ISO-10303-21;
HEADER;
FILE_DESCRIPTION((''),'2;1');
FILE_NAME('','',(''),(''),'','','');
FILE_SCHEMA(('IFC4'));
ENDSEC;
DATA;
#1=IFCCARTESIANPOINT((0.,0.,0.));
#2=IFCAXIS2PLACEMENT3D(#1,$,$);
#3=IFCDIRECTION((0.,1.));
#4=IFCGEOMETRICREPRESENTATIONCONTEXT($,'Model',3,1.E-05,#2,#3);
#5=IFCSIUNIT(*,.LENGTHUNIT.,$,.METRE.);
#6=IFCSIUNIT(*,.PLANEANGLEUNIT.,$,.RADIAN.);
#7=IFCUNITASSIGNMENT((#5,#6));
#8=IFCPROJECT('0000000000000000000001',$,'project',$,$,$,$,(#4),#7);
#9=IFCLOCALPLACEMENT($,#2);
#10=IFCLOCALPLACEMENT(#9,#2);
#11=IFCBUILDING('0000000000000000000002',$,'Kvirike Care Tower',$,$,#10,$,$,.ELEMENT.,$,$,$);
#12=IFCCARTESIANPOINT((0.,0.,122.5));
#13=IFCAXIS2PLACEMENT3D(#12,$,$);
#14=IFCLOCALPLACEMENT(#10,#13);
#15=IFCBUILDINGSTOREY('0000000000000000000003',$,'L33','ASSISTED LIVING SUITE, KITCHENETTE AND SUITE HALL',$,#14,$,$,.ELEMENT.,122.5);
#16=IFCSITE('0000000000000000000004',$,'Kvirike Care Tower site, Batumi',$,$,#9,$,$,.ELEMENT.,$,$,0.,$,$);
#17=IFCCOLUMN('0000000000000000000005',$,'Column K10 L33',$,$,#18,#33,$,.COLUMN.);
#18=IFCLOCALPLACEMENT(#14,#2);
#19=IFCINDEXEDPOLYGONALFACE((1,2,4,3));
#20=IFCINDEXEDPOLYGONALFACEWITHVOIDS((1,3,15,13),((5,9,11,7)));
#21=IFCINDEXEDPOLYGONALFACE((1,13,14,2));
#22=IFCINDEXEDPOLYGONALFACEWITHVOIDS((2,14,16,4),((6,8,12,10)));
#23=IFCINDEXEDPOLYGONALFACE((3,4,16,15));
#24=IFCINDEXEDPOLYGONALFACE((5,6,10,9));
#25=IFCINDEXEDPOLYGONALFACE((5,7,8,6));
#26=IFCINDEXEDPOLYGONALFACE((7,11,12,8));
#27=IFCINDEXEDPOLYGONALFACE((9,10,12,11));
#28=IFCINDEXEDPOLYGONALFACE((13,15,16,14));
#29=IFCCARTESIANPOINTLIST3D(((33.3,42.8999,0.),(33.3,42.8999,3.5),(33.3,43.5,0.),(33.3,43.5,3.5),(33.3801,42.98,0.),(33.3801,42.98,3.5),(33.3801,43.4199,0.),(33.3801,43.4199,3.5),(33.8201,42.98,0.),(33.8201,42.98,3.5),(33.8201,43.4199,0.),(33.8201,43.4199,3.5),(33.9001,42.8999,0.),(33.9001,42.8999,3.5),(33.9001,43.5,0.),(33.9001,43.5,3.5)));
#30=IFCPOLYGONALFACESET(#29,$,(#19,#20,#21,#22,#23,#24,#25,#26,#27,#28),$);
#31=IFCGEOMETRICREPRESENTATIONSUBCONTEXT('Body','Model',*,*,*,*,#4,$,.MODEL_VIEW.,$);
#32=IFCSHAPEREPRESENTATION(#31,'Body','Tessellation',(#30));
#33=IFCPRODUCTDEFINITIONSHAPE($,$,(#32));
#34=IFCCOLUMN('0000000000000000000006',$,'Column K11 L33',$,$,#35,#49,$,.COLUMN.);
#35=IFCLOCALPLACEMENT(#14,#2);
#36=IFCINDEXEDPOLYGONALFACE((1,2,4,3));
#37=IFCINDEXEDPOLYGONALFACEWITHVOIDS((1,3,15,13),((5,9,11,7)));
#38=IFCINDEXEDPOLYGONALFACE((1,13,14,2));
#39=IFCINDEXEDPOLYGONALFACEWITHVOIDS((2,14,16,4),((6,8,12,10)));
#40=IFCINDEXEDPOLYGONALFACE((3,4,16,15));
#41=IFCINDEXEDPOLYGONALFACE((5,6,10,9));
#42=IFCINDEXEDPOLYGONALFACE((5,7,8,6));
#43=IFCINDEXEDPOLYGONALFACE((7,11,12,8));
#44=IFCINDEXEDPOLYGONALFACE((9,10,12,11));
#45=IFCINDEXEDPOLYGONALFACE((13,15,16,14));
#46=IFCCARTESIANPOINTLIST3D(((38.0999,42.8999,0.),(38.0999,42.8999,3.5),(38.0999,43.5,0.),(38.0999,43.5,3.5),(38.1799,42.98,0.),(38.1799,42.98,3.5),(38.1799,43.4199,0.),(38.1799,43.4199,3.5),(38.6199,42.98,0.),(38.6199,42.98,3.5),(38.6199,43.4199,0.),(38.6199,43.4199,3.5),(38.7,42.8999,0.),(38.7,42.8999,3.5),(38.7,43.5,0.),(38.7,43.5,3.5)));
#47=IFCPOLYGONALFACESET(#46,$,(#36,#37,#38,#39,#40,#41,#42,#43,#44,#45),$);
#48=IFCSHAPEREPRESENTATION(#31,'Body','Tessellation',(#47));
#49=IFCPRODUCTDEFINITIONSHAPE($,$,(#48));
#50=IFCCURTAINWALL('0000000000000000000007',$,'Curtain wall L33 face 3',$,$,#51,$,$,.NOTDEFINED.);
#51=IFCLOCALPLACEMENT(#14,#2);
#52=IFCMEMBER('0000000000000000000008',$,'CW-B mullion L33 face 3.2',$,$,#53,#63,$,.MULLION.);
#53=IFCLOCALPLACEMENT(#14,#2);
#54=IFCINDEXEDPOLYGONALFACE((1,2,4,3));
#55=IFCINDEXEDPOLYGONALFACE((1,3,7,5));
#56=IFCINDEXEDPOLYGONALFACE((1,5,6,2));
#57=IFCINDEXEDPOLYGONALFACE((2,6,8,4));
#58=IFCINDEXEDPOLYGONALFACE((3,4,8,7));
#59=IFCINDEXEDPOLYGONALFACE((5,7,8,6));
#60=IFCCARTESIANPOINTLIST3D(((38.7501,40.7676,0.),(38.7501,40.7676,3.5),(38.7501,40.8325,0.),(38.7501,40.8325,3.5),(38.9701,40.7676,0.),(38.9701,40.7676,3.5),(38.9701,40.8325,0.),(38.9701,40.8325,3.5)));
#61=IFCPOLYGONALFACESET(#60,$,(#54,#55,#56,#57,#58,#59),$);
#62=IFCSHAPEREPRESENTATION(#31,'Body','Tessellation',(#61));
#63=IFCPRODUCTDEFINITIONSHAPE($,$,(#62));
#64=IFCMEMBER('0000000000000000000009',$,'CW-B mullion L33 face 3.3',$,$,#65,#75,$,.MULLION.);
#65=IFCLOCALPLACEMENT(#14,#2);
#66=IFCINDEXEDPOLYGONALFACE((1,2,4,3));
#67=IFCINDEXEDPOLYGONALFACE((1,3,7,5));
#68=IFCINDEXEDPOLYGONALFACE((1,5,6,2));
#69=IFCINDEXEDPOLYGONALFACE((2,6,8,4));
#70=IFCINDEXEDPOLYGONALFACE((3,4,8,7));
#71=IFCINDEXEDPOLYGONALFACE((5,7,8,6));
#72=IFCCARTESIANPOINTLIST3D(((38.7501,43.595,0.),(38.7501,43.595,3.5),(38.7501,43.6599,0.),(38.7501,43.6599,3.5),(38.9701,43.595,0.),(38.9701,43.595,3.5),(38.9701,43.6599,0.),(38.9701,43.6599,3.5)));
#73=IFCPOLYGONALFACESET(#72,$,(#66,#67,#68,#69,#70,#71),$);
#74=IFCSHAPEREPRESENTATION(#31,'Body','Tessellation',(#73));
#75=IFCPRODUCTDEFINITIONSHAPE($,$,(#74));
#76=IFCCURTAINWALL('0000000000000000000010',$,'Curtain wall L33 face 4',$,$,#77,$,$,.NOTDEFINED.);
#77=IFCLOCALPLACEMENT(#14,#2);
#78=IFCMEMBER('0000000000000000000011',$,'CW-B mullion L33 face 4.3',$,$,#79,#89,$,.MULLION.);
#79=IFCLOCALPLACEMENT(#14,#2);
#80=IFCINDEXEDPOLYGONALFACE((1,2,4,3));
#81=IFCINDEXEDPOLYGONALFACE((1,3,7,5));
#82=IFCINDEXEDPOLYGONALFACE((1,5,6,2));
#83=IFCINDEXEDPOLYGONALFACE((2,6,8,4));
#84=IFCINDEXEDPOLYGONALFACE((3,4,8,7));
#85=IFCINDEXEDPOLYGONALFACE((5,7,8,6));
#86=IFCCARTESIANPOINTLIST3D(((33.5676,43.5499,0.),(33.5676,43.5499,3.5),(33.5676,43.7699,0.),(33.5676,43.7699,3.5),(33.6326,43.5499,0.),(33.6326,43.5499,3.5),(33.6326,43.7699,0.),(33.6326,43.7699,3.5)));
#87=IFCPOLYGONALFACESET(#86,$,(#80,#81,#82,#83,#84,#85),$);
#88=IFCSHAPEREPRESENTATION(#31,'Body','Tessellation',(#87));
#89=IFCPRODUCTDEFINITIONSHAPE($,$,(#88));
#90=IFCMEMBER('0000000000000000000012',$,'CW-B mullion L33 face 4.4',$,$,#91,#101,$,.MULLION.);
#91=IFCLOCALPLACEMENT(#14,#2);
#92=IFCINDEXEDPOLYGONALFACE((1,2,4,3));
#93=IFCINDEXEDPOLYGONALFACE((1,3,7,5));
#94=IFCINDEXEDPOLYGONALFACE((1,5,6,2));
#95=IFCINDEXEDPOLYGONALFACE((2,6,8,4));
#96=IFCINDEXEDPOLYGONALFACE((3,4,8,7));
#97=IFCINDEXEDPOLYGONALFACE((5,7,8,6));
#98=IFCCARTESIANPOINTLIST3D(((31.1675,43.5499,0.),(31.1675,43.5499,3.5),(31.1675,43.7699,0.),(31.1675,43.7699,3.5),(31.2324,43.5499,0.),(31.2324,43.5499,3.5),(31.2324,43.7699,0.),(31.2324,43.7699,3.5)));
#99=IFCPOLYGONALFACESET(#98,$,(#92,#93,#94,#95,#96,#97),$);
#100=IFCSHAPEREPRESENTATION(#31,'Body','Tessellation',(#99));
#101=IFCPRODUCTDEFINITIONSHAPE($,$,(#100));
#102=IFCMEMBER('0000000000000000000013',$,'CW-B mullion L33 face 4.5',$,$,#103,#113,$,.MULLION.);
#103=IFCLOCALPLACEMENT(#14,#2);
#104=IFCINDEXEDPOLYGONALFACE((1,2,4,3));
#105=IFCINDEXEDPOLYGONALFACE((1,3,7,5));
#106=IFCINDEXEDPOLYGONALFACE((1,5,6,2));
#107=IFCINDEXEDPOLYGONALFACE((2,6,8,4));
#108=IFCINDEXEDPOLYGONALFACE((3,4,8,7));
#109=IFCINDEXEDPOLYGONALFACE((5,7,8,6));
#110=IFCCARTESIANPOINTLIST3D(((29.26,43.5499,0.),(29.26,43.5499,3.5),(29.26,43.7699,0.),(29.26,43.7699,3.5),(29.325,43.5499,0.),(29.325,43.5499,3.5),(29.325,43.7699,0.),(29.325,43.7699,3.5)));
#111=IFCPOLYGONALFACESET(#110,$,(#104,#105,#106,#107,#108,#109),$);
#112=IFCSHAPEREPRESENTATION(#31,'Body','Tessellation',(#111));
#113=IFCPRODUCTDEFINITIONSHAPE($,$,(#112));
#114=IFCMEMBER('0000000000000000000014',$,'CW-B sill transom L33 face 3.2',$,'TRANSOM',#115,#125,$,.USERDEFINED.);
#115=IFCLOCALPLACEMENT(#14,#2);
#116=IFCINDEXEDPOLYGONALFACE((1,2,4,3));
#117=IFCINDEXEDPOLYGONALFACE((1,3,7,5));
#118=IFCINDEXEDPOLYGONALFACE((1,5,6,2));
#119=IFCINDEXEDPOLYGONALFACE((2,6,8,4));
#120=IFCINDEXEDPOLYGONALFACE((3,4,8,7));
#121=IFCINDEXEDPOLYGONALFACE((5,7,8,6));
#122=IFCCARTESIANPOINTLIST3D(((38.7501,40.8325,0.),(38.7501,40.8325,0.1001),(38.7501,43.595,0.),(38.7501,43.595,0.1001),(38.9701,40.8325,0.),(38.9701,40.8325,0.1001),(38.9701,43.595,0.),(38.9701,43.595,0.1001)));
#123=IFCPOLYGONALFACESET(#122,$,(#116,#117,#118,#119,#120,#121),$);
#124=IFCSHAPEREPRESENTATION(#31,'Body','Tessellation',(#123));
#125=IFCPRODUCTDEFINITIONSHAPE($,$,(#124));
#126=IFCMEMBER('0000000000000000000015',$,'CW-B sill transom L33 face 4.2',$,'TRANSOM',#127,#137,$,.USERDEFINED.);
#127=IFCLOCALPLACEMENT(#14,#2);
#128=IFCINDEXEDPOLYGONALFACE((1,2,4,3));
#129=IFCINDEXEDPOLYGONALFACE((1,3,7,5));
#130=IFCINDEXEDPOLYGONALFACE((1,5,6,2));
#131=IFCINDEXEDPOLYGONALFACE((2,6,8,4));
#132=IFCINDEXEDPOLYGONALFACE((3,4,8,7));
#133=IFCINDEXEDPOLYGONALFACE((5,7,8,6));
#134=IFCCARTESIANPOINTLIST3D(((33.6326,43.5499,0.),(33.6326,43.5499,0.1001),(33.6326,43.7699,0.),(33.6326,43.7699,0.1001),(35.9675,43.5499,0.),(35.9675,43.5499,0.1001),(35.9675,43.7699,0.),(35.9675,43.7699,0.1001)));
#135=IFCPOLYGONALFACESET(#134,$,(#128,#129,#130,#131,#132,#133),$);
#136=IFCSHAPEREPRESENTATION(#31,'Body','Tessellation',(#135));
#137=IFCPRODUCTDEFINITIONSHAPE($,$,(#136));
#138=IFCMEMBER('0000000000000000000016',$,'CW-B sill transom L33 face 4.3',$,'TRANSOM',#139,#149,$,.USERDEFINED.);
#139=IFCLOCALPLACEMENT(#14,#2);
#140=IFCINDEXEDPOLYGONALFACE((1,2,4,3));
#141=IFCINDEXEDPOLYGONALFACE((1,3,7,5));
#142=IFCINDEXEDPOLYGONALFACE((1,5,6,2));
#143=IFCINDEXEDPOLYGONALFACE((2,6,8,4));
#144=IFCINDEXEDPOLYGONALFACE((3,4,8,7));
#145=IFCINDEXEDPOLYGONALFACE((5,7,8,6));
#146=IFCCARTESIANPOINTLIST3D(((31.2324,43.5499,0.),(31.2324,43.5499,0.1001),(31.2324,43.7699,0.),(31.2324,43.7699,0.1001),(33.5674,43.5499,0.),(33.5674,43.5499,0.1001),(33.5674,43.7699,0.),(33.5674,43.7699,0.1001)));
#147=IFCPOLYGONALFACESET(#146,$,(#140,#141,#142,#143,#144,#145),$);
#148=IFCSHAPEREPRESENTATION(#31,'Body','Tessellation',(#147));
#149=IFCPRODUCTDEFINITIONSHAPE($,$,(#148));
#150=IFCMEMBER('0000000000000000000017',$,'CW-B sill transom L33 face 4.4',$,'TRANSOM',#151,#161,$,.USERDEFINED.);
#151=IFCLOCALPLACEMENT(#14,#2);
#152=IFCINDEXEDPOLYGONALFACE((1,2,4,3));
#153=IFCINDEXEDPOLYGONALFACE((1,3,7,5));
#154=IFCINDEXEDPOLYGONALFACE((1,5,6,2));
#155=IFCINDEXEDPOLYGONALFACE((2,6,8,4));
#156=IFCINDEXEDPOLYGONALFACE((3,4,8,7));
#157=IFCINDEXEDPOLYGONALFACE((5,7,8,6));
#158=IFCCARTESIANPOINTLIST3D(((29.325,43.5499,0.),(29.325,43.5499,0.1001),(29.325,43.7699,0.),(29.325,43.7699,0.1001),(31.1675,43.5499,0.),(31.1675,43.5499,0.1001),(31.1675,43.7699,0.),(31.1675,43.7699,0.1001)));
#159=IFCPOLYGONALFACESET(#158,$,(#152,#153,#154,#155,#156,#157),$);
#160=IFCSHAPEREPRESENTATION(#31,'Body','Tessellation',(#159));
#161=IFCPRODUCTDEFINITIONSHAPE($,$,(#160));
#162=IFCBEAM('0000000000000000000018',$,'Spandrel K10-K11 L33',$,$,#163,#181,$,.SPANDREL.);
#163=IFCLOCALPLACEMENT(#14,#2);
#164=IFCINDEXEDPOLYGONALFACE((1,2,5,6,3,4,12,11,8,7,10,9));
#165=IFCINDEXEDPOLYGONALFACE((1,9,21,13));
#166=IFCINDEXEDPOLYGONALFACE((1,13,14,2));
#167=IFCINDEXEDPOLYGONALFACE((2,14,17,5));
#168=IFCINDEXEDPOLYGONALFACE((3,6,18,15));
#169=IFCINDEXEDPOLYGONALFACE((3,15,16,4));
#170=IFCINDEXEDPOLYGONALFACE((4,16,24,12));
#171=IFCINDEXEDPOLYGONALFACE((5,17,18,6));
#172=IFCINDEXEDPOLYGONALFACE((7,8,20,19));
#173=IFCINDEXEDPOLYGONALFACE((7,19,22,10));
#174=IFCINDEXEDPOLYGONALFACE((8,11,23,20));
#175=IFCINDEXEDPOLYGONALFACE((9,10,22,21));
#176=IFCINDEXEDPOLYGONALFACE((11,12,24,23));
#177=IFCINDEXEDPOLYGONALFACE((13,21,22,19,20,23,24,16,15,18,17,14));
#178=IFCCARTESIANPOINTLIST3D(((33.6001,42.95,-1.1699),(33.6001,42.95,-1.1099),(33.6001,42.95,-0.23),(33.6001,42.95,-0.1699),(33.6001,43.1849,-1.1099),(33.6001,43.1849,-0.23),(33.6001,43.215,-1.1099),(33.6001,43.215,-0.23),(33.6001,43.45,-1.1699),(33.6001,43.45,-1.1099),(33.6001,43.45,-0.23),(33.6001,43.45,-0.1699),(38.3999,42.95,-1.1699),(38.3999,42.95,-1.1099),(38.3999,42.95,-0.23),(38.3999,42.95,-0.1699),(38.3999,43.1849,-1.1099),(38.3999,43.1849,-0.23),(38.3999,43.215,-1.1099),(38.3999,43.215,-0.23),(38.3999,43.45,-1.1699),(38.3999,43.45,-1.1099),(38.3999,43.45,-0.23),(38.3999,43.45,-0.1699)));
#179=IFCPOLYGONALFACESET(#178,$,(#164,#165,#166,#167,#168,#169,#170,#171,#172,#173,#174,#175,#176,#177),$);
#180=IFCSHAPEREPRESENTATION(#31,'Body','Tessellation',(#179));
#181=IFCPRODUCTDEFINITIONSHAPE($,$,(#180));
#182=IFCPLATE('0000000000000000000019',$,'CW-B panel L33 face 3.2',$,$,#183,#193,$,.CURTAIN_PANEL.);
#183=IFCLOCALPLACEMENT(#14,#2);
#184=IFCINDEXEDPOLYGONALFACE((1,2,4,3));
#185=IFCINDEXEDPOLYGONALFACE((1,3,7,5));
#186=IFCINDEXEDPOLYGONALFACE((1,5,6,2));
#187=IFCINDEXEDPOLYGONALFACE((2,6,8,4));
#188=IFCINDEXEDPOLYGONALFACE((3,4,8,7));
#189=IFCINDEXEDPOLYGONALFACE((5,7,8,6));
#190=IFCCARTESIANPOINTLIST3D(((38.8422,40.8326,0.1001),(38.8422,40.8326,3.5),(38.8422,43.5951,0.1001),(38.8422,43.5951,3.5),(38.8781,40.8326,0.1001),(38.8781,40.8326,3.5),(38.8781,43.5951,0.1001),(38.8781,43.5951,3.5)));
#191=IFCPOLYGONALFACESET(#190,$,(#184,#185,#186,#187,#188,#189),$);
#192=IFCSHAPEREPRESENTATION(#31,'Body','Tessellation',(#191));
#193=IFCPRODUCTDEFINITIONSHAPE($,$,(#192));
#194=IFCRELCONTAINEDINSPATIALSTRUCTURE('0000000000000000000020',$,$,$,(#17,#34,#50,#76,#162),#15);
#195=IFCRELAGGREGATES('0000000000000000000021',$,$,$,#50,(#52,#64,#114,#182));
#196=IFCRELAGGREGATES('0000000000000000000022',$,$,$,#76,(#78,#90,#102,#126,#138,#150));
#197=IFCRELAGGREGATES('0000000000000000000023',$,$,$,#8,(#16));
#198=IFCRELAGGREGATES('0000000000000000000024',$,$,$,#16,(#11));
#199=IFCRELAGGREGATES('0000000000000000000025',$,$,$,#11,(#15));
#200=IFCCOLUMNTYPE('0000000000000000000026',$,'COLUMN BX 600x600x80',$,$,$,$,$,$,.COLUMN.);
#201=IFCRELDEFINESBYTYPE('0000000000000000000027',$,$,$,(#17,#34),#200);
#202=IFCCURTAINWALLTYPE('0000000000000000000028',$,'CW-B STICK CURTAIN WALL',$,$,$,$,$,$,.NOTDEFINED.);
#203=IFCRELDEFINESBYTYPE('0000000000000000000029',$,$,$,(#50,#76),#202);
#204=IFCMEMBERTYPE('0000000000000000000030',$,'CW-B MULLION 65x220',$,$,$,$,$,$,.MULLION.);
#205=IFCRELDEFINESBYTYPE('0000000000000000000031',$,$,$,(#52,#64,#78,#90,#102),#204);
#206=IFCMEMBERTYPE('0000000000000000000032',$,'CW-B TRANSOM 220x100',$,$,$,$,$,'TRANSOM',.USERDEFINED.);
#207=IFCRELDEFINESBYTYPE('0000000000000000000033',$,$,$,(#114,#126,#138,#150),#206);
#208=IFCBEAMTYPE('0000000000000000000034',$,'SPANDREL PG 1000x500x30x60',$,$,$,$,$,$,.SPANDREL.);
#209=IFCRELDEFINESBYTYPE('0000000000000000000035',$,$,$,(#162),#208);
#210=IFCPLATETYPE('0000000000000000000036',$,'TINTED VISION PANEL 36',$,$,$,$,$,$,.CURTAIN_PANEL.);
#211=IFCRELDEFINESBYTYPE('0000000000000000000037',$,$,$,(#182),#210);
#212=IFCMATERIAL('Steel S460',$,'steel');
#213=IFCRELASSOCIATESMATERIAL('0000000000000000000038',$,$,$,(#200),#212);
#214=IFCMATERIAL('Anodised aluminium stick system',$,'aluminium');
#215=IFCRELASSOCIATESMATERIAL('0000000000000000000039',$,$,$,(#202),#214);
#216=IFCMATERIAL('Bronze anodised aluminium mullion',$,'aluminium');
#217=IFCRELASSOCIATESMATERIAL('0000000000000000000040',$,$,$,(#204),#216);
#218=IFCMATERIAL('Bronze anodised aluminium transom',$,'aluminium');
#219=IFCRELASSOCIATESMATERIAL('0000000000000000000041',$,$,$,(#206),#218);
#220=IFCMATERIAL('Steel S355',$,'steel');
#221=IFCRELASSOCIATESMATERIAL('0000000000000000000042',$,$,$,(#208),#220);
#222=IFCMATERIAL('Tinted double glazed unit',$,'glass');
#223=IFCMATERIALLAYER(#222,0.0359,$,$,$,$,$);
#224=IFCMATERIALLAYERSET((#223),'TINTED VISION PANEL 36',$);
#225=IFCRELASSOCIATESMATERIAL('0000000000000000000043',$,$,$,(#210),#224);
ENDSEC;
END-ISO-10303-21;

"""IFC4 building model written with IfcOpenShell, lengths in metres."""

from ifc_helpers import new_model, si_unit, direction, frame, origin, origin_2d, place, context, subcontext, project, spatial, rectangle, hollow_rectangle, i_section, extrude, material, layer, layer_set, material_profile, profile_set, type_object, element, aggregate, save


model = new_model("IFC4")

# Units and contexts
model_context = context("Model", 3, precision=1e-05, world=origin(), true_north=direction((0.0, 1.0)))
body_context = subcontext(model_context, "Body", "Model", "MODEL_VIEW")
ifc_project = project(units=[si_unit("LENGTHUNIT", "METRE"), si_unit("PLANEANGLEUNIT", "RADIAN")], contexts=[model_context])

# Site, building, storey
site_placement = place(None, origin())
site = spatial("IfcSite", under=ifc_project, at=site_placement, Name="Kvirike Care Tower site, Batumi", CompositionType="ELEMENT", RefElevation=0.0)
building_placement = place(site_placement, origin())
building = spatial("IfcBuilding", under=site, at=building_placement, Name="Kvirike Care Tower", CompositionType="ELEMENT")
storey_placement = place(building_placement, frame((0.0, 0.0, 122.5)))
storey = spatial("IfcBuildingStorey", under=building, at=storey_placement, Name="L33", Description="ASSISTED LIVING SUITE, KITCHENETTE AND SUITE HALL", CompositionType="ELEMENT", Elevation=122.5)

# Columns
ifc_material_1 = material(Name="Steel S460", Category="steel")
ifc_material_profile_1 = material_profile(ifc_material_1, hollow_rectangle(XDim=0.6001, YDim=0.6001, WallThickness=0.0801, at=origin_2d()), Name="BX 600x600x80")
ifc_profile_set_1 = profile_set([ifc_material_profile_1], Name="Steel S460")
column_type = type_object("IfcColumnType", Name="COLUMN BX 600x600x80", PredefinedType="COLUMN", material=ifc_profile_set_1)
for number, where, z_axis, x_axis, name in (
    (1, (33.6001, 43.2, 0.0), (0.0, 0.0, 1.0), (0.0, 1.0, 0.0), "Column K10 L33"),
    (2, (38.3999, 43.2, 0.0), (0.0, 0.0, 1.0), (0.0, 1.0, 0.0), "Column K11 L33"),
):
    element("IfcColumn", number, at=place(storey_placement, frame(where, z_axis=z_axis, x_axis=x_axis)), inside=storey, type_object=column_type, Name=name, PredefinedType="COLUMN", context=body_context, shape_type="SweptSolid", body=[
        extrude(hollow_rectangle(XDim=0.6001, YDim=0.6001, WallThickness=0.0801, at=origin_2d()), origin(), (0.0, 0.0, 1.0), 3.5),
    ])

# Curtain walls, members
ifc_material_2 = material(Name="Anodised aluminium stick system", Category="aluminium")
curtain_wall_type = type_object("IfcCurtainWallType", Name="CW-B STICK CURTAIN WALL", PredefinedType="NOTDEFINED", material=ifc_material_2)
curtain_wall_1_placement = place(storey_placement, origin())
curtain_wall_1 = element("IfcCurtainWall", 3, at=curtain_wall_1_placement, inside=storey, type_object=curtain_wall_type, Name="Curtain wall L33 face 3", PredefinedType="NOTDEFINED")
ifc_material_3 = material(Name="Bronze anodised aluminium mullion", Category="aluminium")
ifc_material_profile_2 = material_profile(ifc_material_3, rectangle(XDim=0.0649, YDim=0.22, at=origin_2d()), Name="CW-B MULLION 65x220")
ifc_profile_set_2 = profile_set([ifc_material_profile_2], Name="Bronze anodised aluminium mullion")
member_type_1 = type_object("IfcMemberType", Name="CW-B MULLION 65x220", PredefinedType="MULLION", material=ifc_profile_set_2)
member_1_placement = place(storey_placement, frame((38.8601, 40.8, 0.0), z_axis=(0.0, 0.0, 1.0), x_axis=(0.0, 1.0, 0.0)))
member_1 = element("IfcMember", 4, at=member_1_placement, type_object=member_type_1, Name="CW-B mullion L33 face 3.2", PredefinedType="MULLION", context=body_context, shape_type="SweptSolid", body=[
    extrude(rectangle(XDim=0.0649, YDim=0.22, at=origin_2d()), origin(), (0.0, 0.0, 1.0), 3.5),
])
member_2_placement = place(storey_placement, frame((38.8601, 43.6274, 0.0), z_axis=(0.0, 0.0, 1.0), x_axis=(0.0, 1.0, 0.0)))
member_2 = element("IfcMember", 5, at=member_2_placement, type_object=member_type_1, Name="CW-B mullion L33 face 3.3", PredefinedType="MULLION", context=body_context, shape_type="SweptSolid", body=[
    extrude(rectangle(XDim=0.0649, YDim=0.22, at=origin_2d()), origin(), (0.0, 0.0, 1.0), 3.5),
])
curtain_wall_2_placement = place(storey_placement, origin())
curtain_wall_2 = element("IfcCurtainWall", 6, at=curtain_wall_2_placement, inside=storey, type_object=curtain_wall_type, Name="Curtain wall L33 face 4", PredefinedType="NOTDEFINED")
member_3_placement = place(storey_placement, frame((33.6001, 43.6599, 0.0), z_axis=(0.0, 0.0, 1.0), x_axis=(-1.0, 0.0, 0.0)))
member_3 = element("IfcMember", 7, at=member_3_placement, type_object=member_type_1, Name="CW-B mullion L33 face 4.3", PredefinedType="MULLION", context=body_context, shape_type="SweptSolid", body=[
    extrude(rectangle(XDim=0.0649, YDim=0.22, at=origin_2d()), origin(), (0.0, 0.0, 1.0), 3.5),
])
member_4_placement = place(storey_placement, frame((31.2, 43.6599, 0.0), z_axis=(0.0, 0.0, 1.0), x_axis=(-1.0, 0.0, 0.0)))
member_4 = element("IfcMember", 8, at=member_4_placement, type_object=member_type_1, Name="CW-B mullion L33 face 4.4", PredefinedType="MULLION", context=body_context, shape_type="SweptSolid", body=[
    extrude(rectangle(XDim=0.0649, YDim=0.22, at=origin_2d()), origin(), (0.0, 0.0, 1.0), 3.5),
])
member_5_placement = place(storey_placement, frame((29.2925, 43.6599, 0.0), z_axis=(0.0, 0.0, 1.0), x_axis=(-1.0, 0.0, 0.0)))
member_5 = element("IfcMember", 9, at=member_5_placement, type_object=member_type_1, Name="CW-B mullion L33 face 4.5", PredefinedType="MULLION", context=body_context, shape_type="SweptSolid", body=[
    extrude(rectangle(XDim=0.0649, YDim=0.22, at=origin_2d()), origin(), (0.0, 0.0, 1.0), 3.5),
])

# Members
ifc_material_4 = material(Name="Bronze anodised aluminium transom", Category="aluminium")
ifc_material_profile_3 = material_profile(ifc_material_4, rectangle(XDim=0.22, YDim=0.1001, at=origin_2d()), Name="CW-B TRANSOM 220x100")
ifc_profile_set_3 = profile_set([ifc_material_profile_3], Name="Bronze anodised aluminium transom")
member_type_2 = type_object("IfcMemberType", Name="CW-B TRANSOM 220x100", ElementType="TRANSOM", PredefinedType="USERDEFINED", material=ifc_profile_set_3)
member_6_placement = place(storey_placement, frame((38.8601, 40.8325, 0.05), z_axis=(0.0, 1.0, 0.0), x_axis=(-1.0, 0.0, 0.0)))
member_6 = element("IfcMember", 10, at=member_6_placement, type_object=member_type_2, Name="CW-B sill transom L33 face 3.2", ObjectType="TRANSOM", PredefinedType="USERDEFINED", context=body_context, shape_type="SweptSolid", body=[
    extrude(rectangle(XDim=0.22, YDim=0.1001, at=origin_2d()), origin(), (0.0, 0.0, 1.0), 2.7625),
])
member_7_placement = place(storey_placement, frame((35.9675, 43.6599, 0.05), z_axis=(-1.0, 0.0, 0.0), x_axis=(0.0, -1.0, 0.0)))
member_7 = element("IfcMember", 11, at=member_7_placement, type_object=member_type_2, Name="CW-B sill transom L33 face 4.2", ObjectType="TRANSOM", PredefinedType="USERDEFINED", context=body_context, shape_type="SweptSolid", body=[
    extrude(rectangle(XDim=0.22, YDim=0.1001, at=origin_2d()), origin(), (0.0, 0.0, 1.0), 2.335),
])
member_8_placement = place(storey_placement, frame((33.5674, 43.6599, 0.05), z_axis=(-1.0, 0.0, 0.0), x_axis=(0.0, -1.0, 0.0)))
member_8 = element("IfcMember", 12, at=member_8_placement, type_object=member_type_2, Name="CW-B sill transom L33 face 4.3", ObjectType="TRANSOM", PredefinedType="USERDEFINED", context=body_context, shape_type="SweptSolid", body=[
    extrude(rectangle(XDim=0.22, YDim=0.1001, at=origin_2d()), origin(), (0.0, 0.0, 1.0), 2.335),
])
member_9_placement = place(storey_placement, frame((31.1675, 43.6599, 0.05), z_axis=(-1.0, 0.0, 0.0), x_axis=(0.0, -1.0, 0.0)))
member_9 = element("IfcMember", 13, at=member_9_placement, type_object=member_type_2, Name="CW-B sill transom L33 face 4.4", ObjectType="TRANSOM", PredefinedType="USERDEFINED", context=body_context, shape_type="SweptSolid", body=[
    extrude(rectangle(XDim=0.22, YDim=0.1001, at=origin_2d()), origin(), (0.0, 0.0, 1.0), 1.8425),
])

# Beam
ifc_material_5 = material(Name="Steel S355", Category="steel")
ifc_material_profile_4 = material_profile(ifc_material_5, i_section(OverallWidth=0.5, OverallDepth=1.0, WebThickness=0.03, FlangeThickness=0.0601, at=origin_2d()), Name="PG 1000x500x30x60")
ifc_profile_set_4 = profile_set([ifc_material_profile_4], Name="Steel S355")
beam_type = type_object("IfcBeamType", Name="SPANDREL PG 1000x500x30x60", PredefinedType="SPANDREL", material=ifc_profile_set_4)
beam_placement = place(storey_placement, frame((33.6001, 43.2, -0.6699), z_axis=(1.0, 0.0, 0.0), x_axis=(0.0, 1.0, 0.0)))
element("IfcBeam", 14, at=beam_placement, inside=storey, type_object=beam_type, Name="Spandrel K10-K11 L33", PredefinedType="SPANDREL", context=body_context, shape_type="SweptSolid", body=[
    extrude(i_section(OverallWidth=0.5, OverallDepth=1.0, WebThickness=0.03, FlangeThickness=0.0601, at=origin_2d()), origin(), (0.0, 0.0, 1.0), 4.7998),
])

# Plate
ifc_material_6 = material(Name="Tinted double glazed unit", Category="glass")
ifc_layer_1 = layer(ifc_material_6, 0.0359)
ifc_layer_set_1 = layer_set([ifc_layer_1], Name="TINTED VISION PANEL 36")
plate_type = type_object("IfcPlateType", Name="TINTED VISION PANEL 36", PredefinedType="CURTAIN_PANEL", material=ifc_layer_set_1)
plate_1_placement = place(storey_placement, frame((38.8601, 42.2139, 0.1001), z_axis=(0.0, 0.0, 1.0), x_axis=(0.0, 1.0, 0.0)))
plate_1 = element("IfcPlate", 15, at=plate_1_placement, type_object=plate_type, Name="CW-B panel L33 face 3.2", PredefinedType="CURTAIN_PANEL", context=body_context, shape_type="SweptSolid", body=[
    extrude(rectangle(XDim=2.7625, YDim=0.0359, at=origin_2d()), origin(), (0.0, 0.0, 1.0), 3.3999),
])
aggregate(curtain_wall_1, [member_1, member_2, member_6, plate_1])
aggregate(curtain_wall_2, [member_3, member_4, member_5, member_7, member_8, member_9])

save(model, "model.ifc")
